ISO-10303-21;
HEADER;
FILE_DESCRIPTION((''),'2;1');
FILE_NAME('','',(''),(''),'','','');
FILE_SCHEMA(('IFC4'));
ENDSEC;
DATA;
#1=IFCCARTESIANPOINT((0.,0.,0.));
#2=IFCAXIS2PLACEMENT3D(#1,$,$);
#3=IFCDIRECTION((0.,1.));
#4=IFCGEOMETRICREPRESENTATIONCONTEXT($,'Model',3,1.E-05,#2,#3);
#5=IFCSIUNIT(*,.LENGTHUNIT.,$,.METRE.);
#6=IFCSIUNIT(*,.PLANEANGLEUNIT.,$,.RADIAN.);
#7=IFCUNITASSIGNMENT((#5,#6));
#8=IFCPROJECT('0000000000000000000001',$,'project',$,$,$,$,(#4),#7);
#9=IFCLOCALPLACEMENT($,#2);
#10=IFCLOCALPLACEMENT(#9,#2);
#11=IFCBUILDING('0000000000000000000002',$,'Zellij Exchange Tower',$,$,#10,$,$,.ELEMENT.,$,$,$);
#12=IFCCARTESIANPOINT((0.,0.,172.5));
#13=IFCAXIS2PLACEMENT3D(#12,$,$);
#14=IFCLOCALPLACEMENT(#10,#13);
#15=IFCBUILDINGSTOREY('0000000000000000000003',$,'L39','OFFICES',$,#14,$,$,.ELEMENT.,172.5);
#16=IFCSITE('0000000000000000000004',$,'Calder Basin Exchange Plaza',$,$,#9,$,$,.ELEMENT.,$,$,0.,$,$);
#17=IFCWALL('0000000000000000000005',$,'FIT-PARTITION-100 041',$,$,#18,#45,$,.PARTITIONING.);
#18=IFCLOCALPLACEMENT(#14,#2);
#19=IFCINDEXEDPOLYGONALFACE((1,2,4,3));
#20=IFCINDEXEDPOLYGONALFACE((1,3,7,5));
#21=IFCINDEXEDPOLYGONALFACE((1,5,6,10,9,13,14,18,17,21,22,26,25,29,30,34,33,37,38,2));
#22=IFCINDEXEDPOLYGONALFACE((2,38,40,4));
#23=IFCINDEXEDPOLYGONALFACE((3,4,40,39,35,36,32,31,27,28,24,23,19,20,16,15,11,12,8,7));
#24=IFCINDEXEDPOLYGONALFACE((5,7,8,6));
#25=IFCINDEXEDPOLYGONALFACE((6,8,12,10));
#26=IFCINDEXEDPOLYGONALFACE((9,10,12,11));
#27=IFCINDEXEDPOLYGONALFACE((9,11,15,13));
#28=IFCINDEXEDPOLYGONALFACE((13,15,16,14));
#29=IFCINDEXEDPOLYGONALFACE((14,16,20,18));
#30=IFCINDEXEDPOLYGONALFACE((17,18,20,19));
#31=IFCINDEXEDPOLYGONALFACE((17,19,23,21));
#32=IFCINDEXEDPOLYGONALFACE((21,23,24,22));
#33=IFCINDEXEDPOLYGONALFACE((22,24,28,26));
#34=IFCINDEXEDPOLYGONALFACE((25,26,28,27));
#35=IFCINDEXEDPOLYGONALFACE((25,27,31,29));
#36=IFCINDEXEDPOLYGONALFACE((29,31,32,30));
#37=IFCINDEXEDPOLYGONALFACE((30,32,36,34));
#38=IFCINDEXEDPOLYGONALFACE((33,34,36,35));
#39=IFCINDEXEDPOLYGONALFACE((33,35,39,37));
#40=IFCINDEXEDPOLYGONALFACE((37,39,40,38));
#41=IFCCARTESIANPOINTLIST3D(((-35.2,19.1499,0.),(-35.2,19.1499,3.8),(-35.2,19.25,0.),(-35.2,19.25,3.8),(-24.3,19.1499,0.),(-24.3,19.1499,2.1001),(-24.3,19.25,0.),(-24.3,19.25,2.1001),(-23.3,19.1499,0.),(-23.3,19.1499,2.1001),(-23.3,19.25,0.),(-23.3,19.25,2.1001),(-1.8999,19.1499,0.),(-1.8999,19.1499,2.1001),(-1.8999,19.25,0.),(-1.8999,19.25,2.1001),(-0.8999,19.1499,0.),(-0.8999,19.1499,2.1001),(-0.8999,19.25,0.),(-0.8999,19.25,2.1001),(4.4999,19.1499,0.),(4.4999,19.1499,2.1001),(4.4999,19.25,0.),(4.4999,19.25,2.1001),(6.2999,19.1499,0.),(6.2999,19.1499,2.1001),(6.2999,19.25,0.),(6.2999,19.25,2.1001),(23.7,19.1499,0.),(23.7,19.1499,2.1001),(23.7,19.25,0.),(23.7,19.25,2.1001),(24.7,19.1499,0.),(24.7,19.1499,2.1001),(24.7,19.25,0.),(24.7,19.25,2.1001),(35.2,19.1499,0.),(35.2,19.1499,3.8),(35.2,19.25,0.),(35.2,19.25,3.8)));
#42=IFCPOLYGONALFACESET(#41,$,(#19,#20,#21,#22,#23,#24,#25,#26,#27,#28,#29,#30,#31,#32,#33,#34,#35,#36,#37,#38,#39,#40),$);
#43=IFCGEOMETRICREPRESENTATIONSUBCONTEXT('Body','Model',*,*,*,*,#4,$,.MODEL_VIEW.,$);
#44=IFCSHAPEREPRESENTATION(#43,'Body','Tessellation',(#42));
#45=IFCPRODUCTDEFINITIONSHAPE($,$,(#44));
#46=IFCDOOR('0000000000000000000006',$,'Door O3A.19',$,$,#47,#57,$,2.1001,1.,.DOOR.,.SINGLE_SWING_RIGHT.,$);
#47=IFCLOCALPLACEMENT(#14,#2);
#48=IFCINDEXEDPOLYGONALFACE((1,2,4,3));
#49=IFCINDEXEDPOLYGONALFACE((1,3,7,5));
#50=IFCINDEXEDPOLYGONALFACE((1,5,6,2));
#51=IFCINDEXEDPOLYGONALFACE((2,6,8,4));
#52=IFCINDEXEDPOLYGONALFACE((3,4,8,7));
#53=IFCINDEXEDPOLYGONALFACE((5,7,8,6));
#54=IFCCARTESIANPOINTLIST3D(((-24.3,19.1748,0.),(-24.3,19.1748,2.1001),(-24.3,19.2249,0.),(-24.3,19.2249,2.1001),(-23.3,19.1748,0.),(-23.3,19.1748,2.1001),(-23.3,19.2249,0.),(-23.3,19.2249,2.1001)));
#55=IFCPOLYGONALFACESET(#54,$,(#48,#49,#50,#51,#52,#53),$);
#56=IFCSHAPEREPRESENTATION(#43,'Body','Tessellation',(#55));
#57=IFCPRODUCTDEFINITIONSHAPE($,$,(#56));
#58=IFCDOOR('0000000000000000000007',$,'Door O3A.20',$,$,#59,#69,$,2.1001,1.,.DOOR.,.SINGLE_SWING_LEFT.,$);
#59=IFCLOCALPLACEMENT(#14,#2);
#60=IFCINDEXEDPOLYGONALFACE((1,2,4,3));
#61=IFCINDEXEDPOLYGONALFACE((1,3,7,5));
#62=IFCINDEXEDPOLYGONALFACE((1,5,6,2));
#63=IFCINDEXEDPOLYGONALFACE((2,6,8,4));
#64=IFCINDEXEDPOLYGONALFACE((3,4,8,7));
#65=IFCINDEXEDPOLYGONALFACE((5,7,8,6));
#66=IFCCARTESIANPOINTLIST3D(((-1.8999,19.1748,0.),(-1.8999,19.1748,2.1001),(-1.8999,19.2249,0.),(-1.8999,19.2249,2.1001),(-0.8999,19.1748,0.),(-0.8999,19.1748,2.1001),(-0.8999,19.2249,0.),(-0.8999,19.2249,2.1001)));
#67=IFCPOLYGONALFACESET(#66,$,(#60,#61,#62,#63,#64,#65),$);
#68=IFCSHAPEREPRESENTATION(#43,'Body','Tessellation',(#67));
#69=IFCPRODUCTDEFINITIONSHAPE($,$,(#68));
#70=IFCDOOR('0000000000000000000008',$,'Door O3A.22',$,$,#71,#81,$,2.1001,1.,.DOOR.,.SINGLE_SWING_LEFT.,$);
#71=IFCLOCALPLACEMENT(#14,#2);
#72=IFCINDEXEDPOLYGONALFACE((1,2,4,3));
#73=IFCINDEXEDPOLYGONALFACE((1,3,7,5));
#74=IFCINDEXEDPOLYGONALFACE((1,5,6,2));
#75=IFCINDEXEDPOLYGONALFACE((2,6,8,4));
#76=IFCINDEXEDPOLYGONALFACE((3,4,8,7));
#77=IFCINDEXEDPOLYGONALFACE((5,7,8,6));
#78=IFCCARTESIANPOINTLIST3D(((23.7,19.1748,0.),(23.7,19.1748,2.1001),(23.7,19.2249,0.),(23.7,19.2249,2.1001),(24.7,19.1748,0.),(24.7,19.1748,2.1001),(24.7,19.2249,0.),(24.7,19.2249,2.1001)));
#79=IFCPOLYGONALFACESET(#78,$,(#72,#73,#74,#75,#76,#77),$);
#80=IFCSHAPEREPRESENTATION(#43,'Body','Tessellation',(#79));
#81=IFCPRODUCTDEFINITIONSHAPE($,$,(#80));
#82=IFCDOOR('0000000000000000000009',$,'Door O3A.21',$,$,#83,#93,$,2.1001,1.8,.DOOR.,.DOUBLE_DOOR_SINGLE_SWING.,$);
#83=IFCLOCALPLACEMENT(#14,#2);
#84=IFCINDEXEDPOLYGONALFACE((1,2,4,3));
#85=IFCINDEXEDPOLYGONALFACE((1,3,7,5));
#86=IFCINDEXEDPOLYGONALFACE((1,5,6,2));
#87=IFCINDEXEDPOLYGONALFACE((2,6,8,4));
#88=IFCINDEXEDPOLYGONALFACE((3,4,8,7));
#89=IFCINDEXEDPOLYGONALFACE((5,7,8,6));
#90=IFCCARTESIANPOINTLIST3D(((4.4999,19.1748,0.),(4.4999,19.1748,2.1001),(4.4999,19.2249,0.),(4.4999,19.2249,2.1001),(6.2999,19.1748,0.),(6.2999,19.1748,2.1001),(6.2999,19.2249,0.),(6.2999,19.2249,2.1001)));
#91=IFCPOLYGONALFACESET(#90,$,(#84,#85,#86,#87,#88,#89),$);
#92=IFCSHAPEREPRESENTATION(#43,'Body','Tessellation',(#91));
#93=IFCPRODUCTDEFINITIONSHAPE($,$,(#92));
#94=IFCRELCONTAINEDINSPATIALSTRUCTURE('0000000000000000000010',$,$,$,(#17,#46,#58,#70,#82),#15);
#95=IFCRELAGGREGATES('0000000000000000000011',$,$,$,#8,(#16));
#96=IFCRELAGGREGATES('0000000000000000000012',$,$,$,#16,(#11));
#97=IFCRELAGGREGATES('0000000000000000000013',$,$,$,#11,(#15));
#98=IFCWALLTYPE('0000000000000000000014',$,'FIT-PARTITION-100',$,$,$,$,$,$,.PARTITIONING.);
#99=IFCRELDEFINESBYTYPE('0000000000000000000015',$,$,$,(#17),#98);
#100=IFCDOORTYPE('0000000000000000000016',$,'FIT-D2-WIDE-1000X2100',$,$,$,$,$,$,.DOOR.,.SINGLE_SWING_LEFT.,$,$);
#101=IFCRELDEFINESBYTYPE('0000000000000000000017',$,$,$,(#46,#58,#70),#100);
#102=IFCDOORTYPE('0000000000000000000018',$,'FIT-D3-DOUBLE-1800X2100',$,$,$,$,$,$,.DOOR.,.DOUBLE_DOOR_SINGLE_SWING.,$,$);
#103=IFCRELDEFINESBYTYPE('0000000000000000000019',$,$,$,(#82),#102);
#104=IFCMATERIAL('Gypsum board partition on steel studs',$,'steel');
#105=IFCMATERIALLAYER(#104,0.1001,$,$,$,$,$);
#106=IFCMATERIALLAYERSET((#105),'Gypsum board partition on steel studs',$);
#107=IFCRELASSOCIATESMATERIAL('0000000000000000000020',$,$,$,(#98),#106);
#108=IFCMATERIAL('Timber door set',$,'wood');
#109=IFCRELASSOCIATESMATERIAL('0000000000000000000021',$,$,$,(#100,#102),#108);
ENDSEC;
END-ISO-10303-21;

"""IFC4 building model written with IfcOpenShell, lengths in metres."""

from ifc_helpers import new_model, si_unit, direction, frame, frame_2d, origin, place, context, subcontext, project, spatial, rectangle, extrude, material, layer, layer_set, type_object, element, fill, save


model = new_model("IFC4")

# Units and contexts
model_context = context("Model", 3, precision=1e-05, world=origin(), true_north=direction((0.0, 1.0)))
body_context = subcontext(model_context, "Body", "Model", "MODEL_VIEW")
ifc_project = project(units=[si_unit("LENGTHUNIT", "METRE"), si_unit("PLANEANGLEUNIT", "RADIAN")], contexts=[model_context])

# Site, building, storey
site_placement = place(None, origin())
site = spatial("IfcSite", under=ifc_project, at=site_placement, Name="Calder Basin Exchange Plaza", CompositionType="ELEMENT", RefElevation=0.0)
building_placement = place(site_placement, origin())
building = spatial("IfcBuilding", under=site, at=building_placement, Name="Zellij Exchange Tower", CompositionType="ELEMENT")
storey_placement = place(building_placement, frame((0.0, 0.0, 172.5)))
storey = spatial("IfcBuildingStorey", under=building, at=storey_placement, Name="L39", Description="OFFICES", CompositionType="ELEMENT", Elevation=172.5)

# Wall, openings, doors
ifc_material_1 = material(Name="Gypsum board partition on steel studs", Category="steel")
ifc_layer_1 = layer(ifc_material_1, 0.1001)
ifc_layer_set_1 = layer_set([ifc_layer_1], Name="Gypsum board partition on steel studs")
wall_type_1 = type_object("IfcWallType", Name="FIT-PARTITION-100", PredefinedType="PARTITIONING", material=ifc_layer_set_1)
wall_1_placement = place(storey_placement, frame((-35.2, 19.2, 0.0), z_axis=(0.0, 0.0, 1.0), x_axis=(1.0, 0.0, 0.0)))
wall_1 = element("IfcWall", 1, at=wall_1_placement, inside=storey, type_object=wall_type_1, Name="FIT-PARTITION-100 041", PredefinedType="PARTITIONING", context=body_context, shape_type="SweptSolid", body=[
    extrude(rectangle(XDim=70.3999, YDim=0.1001, at=frame_2d((35.2, 0.0))), origin(), (0.0, 0.0, 1.0), 3.8),
])
opening_1_placement = place(wall_1_placement, frame((10.8999, 0.0, 0.0)))
opening_1 = element("IfcOpeningElement", 2, at=opening_1_placement, cuts=wall_1, PredefinedType="OPENING", context=body_context, shape_type="SweptSolid", body=[
    extrude(rectangle(XDim=1.0, YDim=2.1001, at=frame_2d((0.5, 1.05))), frame((0.0, 0.062, 0.0), z_axis=(0.0, -1.0, 0.0), x_axis=(1.0, 0.0, 0.0)), (0.0, 0.0, 1.0), 0.124),
])
opening_2_placement = place(wall_1_placement, frame((33.3, 0.0, 0.0)))
opening_2 = element("IfcOpeningElement", 3, at=opening_2_placement, cuts=wall_1, PredefinedType="OPENING", context=body_context, shape_type="SweptSolid", body=[
    extrude(rectangle(XDim=1.0, YDim=2.1001, at=frame_2d((0.5, 1.05))), frame((0.0, 0.062, 0.0), z_axis=(0.0, -1.0, 0.0), x_axis=(1.0, 0.0, 0.0)), (0.0, 0.0, 1.0), 0.124),
])
opening_3_placement = place(wall_1_placement, frame((39.7, 0.0, 0.0)))
opening_3 = element("IfcOpeningElement", 4, at=opening_3_placement, cuts=wall_1, PredefinedType="OPENING", context=body_context, shape_type="SweptSolid", body=[
    extrude(rectangle(XDim=1.8, YDim=2.1001, at=frame_2d((0.8999, 1.05))), frame((0.0, 0.062, 0.0), z_axis=(0.0, -1.0, 0.0), x_axis=(1.0, 0.0, 0.0)), (0.0, 0.0, 1.0), 0.124),
])
opening_4_placement = place(wall_1_placement, frame((58.8999, 0.0, 0.0)))
opening_4 = element("IfcOpeningElement", 5, at=opening_4_placement, cuts=wall_1, PredefinedType="OPENING", context=body_context, shape_type="SweptSolid", body=[
    extrude(rectangle(XDim=1.0, YDim=2.1001, at=frame_2d((0.5, 1.05))), frame((0.0, 0.062, 0.0), z_axis=(0.0, -1.0, 0.0), x_axis=(1.0, 0.0, 0.0)), (0.0, 0.0, 1.0), 0.124),
])
ifc_material_2 = material(Name="Timber door set", Category="wood")
door_type_1 = type_object("IfcDoorType", Name="FIT-D2-WIDE-1000X2100", OperationType="SINGLE_SWING_LEFT", PredefinedType="DOOR", material=ifc_material_2)
door_1_placement = place(opening_1_placement, origin())
door_1 = element("IfcDoor", 6, at=door_1_placement, inside=storey, type_object=door_type_1, Name="Door O3A.19", OperationType="SINGLE_SWING_RIGHT", OverallHeight=2.1001, OverallWidth=1.0, PredefinedType="DOOR", context=body_context, shape_type="SweptSolid", body=[
    extrude(rectangle(XDim=1.0, YDim=2.1001, at=frame_2d((0.5, 1.05))), frame((0.0, 0.0249, 0.0), z_axis=(0.0, -1.0, 0.0), x_axis=(1.0, 0.0, 0.0)), (0.0, 0.0, 1.0), 0.05),
])
fill(opening_1, door_1)
door_2_placement = place(opening_2_placement, origin())
door_2 = element("IfcDoor", 7, at=door_2_placement, inside=storey, type_object=door_type_1, Name="Door O3A.20", OperationType="SINGLE_SWING_LEFT", OverallHeight=2.1001, OverallWidth=1.0, PredefinedType="DOOR", context=body_context, shape_type="SweptSolid", body=[
    extrude(rectangle(XDim=1.0, YDim=2.1001, at=frame_2d((0.5, 1.05))), frame((0.0, 0.0249, 0.0), z_axis=(0.0, -1.0, 0.0), x_axis=(1.0, 0.0, 0.0)), (0.0, 0.0, 1.0), 0.05),
])
fill(opening_2, door_2)
door_3_placement = place(opening_4_placement, origin())
door_3 = element("IfcDoor", 8, at=door_3_placement, inside=storey, type_object=door_type_1, Name="Door O3A.22", OperationType="SINGLE_SWING_LEFT", OverallHeight=2.1001, OverallWidth=1.0, PredefinedType="DOOR", context=body_context, shape_type="SweptSolid", body=[
    extrude(rectangle(XDim=1.0, YDim=2.1001, at=frame_2d((0.5, 1.05))), frame((0.0, 0.0249, 0.0), z_axis=(0.0, -1.0, 0.0), x_axis=(1.0, 0.0, 0.0)), (0.0, 0.0, 1.0), 0.05),
])
fill(opening_4, door_3)
door_type_2 = type_object("IfcDoorType", Name="FIT-D3-DOUBLE-1800X2100", OperationType="DOUBLE_DOOR_SINGLE_SWING", PredefinedType="DOOR", material=ifc_material_2)
door_4_placement = place(opening_3_placement, origin())
door_4 = element("IfcDoor", 9, at=door_4_placement, inside=storey, type_object=door_type_2, Name="Door O3A.21", OperationType="DOUBLE_DOOR_SINGLE_SWING", OverallHeight=2.1001, OverallWidth=1.8, PredefinedType="DOOR", context=body_context, shape_type="SweptSolid", body=[
    extrude(rectangle(XDim=1.8, YDim=2.1001, at=frame_2d((0.8999, 1.05))), frame((0.0, 0.0249, 0.0), z_axis=(0.0, -1.0, 0.0), x_axis=(1.0, 0.0, 0.0)), (0.0, 0.0, 1.0), 0.05),
])
fill(opening_3, door_4)

save(model, "model.ifc")
